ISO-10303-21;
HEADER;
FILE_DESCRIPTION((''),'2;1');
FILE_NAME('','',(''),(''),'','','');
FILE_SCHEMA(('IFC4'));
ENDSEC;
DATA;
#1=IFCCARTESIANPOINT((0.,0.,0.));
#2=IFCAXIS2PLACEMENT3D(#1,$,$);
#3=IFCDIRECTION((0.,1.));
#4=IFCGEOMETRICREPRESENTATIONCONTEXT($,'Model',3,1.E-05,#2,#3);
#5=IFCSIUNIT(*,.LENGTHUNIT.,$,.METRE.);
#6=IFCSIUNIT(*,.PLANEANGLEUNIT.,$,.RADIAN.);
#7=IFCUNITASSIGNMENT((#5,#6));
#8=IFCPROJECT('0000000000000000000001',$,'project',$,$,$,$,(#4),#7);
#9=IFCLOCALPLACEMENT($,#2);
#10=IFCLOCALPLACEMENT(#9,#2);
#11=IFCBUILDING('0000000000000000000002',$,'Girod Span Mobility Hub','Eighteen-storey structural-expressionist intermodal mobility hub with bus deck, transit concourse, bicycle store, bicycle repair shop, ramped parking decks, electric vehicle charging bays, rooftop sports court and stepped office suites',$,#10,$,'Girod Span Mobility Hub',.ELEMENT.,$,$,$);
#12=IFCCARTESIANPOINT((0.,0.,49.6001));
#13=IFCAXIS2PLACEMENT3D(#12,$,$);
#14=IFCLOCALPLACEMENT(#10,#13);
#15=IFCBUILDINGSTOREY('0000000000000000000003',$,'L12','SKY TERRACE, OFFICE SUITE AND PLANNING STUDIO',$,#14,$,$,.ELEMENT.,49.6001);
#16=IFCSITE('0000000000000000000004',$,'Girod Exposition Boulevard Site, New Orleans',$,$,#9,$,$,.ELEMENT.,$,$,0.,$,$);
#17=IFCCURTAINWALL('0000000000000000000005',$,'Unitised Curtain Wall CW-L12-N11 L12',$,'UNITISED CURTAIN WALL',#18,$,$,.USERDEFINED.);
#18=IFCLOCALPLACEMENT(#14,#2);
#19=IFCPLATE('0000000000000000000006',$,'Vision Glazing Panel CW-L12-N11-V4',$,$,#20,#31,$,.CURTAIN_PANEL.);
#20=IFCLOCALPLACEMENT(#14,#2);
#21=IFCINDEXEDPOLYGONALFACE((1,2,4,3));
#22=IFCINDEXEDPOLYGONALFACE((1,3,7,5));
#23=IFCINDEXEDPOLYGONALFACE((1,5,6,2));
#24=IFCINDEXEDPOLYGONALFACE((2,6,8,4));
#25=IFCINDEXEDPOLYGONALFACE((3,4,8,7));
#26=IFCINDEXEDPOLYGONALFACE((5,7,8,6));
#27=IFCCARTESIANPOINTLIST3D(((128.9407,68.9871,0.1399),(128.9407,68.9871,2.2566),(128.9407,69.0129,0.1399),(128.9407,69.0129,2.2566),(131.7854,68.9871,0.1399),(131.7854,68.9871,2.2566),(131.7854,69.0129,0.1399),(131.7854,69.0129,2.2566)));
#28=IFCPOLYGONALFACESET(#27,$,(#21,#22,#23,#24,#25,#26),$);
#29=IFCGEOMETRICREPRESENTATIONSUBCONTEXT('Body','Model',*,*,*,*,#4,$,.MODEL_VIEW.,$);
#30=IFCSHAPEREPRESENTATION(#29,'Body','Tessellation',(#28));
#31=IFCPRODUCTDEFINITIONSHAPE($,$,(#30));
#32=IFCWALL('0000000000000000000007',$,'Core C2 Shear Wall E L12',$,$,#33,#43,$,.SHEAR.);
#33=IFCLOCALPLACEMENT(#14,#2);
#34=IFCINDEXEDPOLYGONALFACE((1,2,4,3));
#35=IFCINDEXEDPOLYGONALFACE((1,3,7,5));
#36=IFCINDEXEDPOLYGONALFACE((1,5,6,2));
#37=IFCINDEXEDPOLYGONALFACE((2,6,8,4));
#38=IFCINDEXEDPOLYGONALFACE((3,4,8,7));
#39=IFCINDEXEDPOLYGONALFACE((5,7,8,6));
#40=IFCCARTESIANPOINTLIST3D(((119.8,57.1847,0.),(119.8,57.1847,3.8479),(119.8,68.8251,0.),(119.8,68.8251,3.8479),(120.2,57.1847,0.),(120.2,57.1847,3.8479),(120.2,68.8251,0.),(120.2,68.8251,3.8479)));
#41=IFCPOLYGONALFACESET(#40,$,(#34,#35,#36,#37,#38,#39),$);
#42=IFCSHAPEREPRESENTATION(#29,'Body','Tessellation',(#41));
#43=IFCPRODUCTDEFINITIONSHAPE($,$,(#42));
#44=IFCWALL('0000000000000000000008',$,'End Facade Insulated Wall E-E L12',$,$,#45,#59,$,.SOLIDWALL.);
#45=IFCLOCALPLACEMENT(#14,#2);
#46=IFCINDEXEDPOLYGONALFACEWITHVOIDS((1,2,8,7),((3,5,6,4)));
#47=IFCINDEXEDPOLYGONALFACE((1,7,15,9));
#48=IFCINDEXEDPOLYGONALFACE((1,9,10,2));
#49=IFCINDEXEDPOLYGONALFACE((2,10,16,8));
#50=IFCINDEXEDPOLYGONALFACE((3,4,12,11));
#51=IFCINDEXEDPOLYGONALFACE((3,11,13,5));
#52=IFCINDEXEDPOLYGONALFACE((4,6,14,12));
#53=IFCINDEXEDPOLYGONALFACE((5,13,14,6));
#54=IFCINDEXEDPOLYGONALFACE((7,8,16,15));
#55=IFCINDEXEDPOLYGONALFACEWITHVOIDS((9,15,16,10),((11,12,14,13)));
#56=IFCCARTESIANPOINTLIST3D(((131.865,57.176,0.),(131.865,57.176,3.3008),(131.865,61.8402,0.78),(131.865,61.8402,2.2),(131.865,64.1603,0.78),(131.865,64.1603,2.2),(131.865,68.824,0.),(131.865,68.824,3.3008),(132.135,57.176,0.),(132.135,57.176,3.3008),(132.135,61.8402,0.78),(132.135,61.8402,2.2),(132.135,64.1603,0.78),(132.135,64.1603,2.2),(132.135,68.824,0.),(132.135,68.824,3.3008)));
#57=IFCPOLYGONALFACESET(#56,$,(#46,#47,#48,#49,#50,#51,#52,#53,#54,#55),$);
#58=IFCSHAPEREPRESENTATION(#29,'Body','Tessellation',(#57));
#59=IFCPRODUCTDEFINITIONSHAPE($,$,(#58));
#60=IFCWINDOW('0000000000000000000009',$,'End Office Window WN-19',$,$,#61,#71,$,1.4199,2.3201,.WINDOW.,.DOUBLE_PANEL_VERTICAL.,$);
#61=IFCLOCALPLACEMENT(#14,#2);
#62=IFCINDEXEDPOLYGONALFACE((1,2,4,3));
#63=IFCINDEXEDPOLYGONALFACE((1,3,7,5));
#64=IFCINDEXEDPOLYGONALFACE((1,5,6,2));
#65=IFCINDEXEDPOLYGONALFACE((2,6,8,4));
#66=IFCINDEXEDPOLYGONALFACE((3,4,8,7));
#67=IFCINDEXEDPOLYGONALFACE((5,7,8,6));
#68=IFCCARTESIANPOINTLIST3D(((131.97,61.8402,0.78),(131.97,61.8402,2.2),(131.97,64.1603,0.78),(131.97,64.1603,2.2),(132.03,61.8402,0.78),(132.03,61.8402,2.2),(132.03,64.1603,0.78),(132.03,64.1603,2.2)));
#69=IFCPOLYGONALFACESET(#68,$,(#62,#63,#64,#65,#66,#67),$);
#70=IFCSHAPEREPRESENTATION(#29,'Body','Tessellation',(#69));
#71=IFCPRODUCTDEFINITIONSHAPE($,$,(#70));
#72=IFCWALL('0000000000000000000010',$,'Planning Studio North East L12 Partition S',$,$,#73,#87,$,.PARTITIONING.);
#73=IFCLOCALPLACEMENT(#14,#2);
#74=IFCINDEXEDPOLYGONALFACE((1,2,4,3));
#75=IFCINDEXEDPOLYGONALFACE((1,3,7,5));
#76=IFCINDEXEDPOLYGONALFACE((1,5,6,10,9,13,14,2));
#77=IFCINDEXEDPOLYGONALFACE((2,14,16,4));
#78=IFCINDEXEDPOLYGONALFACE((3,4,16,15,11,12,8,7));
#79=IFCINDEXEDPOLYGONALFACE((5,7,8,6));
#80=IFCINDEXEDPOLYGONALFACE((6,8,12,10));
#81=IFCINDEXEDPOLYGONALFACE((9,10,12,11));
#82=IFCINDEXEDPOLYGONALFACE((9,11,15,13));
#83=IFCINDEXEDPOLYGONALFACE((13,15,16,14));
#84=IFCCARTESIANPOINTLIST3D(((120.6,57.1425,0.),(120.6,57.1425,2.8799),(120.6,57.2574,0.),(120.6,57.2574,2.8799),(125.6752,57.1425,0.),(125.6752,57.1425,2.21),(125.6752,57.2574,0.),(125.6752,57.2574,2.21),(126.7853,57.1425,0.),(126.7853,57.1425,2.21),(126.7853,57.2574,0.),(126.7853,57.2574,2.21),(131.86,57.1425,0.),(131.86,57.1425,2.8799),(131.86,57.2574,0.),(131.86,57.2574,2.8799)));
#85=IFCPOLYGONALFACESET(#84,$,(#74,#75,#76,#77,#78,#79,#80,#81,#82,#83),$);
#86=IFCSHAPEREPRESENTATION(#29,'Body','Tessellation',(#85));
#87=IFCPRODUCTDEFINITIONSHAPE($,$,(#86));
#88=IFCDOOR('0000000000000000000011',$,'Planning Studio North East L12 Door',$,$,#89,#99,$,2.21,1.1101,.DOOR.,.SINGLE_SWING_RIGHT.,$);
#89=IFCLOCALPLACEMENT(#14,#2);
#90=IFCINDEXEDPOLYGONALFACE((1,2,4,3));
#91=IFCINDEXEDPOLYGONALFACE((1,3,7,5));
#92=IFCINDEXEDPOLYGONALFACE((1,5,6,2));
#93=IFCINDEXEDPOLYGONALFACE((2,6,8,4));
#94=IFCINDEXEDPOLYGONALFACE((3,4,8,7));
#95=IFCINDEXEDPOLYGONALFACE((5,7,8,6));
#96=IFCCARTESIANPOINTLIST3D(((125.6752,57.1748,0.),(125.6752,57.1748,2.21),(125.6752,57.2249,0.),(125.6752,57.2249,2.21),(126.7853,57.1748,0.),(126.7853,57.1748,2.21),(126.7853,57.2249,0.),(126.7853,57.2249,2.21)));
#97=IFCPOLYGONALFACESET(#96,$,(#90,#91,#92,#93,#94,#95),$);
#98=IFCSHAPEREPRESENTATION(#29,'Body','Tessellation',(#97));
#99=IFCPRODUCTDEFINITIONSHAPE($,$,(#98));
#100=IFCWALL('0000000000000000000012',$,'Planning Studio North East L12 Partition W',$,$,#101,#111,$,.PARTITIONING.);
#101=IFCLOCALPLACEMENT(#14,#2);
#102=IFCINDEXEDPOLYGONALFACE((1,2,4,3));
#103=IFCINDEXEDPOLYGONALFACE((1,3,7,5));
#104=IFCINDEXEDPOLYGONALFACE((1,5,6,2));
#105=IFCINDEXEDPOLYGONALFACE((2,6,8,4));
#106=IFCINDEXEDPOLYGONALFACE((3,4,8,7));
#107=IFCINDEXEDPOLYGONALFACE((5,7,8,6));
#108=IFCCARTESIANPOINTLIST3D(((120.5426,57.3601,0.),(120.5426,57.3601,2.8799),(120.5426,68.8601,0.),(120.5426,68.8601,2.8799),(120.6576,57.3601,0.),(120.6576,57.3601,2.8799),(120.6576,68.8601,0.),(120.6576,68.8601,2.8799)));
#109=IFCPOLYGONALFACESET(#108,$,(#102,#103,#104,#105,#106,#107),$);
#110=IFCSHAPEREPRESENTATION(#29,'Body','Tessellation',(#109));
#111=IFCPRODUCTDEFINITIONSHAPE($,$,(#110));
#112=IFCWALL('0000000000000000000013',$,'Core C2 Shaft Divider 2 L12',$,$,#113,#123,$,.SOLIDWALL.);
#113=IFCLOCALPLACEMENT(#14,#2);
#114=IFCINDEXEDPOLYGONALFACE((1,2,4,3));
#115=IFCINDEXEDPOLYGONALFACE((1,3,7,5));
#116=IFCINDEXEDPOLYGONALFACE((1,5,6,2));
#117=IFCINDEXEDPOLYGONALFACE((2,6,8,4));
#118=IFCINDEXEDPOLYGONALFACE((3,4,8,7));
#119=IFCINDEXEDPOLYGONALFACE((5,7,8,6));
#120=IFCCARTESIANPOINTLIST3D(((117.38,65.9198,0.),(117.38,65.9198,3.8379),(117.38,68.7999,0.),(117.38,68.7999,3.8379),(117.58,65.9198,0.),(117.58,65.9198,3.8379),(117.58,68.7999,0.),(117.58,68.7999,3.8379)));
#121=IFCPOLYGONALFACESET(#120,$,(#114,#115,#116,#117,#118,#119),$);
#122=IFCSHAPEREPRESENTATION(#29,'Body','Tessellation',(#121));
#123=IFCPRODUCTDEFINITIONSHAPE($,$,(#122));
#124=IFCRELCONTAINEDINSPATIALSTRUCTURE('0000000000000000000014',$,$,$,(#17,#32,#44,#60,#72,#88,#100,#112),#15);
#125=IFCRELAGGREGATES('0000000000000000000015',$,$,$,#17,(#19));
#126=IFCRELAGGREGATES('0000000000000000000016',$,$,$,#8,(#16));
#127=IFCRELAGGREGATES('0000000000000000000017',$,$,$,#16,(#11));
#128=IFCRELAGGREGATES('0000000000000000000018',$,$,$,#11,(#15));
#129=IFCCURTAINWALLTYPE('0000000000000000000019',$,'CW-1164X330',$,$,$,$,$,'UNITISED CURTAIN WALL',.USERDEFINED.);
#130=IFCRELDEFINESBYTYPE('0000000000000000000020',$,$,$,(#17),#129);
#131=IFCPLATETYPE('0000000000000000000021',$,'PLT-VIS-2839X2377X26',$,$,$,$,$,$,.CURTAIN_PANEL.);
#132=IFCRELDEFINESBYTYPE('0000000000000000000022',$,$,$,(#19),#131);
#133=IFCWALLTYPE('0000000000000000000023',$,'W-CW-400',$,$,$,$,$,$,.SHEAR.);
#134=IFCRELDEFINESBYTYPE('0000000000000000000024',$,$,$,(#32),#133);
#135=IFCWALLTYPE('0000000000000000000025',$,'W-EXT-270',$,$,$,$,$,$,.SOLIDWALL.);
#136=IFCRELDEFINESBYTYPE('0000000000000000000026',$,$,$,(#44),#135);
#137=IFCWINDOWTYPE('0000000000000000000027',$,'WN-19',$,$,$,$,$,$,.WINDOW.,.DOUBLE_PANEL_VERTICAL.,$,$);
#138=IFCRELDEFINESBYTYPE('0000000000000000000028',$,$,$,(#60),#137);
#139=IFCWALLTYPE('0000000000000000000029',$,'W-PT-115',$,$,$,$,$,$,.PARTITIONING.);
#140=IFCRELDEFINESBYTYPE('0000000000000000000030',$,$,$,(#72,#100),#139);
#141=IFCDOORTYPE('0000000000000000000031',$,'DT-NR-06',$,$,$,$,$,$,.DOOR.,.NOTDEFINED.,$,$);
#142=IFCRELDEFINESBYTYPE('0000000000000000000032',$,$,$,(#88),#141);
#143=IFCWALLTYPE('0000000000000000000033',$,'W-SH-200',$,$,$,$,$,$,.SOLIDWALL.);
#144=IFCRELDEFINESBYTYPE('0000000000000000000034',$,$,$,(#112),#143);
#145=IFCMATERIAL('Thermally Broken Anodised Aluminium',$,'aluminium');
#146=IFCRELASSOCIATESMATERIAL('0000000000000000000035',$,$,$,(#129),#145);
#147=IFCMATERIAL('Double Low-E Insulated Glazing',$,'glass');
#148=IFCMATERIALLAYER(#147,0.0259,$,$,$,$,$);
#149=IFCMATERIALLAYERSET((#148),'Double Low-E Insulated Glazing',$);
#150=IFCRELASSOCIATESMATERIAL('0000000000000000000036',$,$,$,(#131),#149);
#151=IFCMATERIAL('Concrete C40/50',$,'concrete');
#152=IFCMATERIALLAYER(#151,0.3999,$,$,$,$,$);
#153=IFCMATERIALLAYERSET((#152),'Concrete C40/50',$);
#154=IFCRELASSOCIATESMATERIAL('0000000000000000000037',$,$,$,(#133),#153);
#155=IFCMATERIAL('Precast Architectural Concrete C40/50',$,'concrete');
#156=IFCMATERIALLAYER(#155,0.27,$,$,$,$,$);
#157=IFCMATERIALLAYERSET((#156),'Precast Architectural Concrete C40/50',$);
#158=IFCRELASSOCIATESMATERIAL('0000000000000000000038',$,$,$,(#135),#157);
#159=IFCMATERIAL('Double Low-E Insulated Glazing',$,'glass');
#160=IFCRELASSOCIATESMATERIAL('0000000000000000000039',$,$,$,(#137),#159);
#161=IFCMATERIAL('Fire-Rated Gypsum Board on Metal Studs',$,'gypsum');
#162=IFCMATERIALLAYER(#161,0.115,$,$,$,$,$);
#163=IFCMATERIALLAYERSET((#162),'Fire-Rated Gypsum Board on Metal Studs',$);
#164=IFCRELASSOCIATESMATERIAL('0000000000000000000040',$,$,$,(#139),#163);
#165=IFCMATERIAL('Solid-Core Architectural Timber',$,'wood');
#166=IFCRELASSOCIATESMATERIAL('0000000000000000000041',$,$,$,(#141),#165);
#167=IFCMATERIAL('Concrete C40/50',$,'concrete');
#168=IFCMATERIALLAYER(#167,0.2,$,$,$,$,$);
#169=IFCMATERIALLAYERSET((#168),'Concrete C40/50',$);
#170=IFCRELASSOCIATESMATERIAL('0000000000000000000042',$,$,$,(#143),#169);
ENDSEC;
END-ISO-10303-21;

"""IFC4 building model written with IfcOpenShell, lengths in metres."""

from ifc_helpers import new_model, si_unit, direction, frame, frame_2d, origin, origin_2d, place, context, subcontext, project, spatial, rectangle, extrude, material, layer, layer_set, type_object, element, fill, aggregate, save


model = new_model("IFC4")

# Units and contexts
model_context = context("Model", 3, precision=1e-05, world=origin(), true_north=direction((0.0, 1.0)))
body_context = subcontext(model_context, "Body", "Model", "MODEL_VIEW")
ifc_project = project(units=[si_unit("LENGTHUNIT", "METRE"), si_unit("PLANEANGLEUNIT", "RADIAN")], contexts=[model_context])

# Site, building, storey
site_placement = place(None, origin())
site = spatial("IfcSite", under=ifc_project, at=site_placement, Name="Girod Exposition Boulevard Site, New Orleans", CompositionType="ELEMENT", RefElevation=0.0)
building_placement = place(site_placement, origin())
building = spatial("IfcBuilding", under=site, at=building_placement, Name="Girod Span Mobility Hub", Description="Eighteen-storey structural-expressionist intermodal mobility hub with bus deck, transit concourse, bicycle store, bicycle repair shop, ramped parking decks, electric vehicle charging bays, rooftop sports court and stepped office suites", LongName="Girod Span Mobility Hub", CompositionType="ELEMENT")
storey_placement = place(building_placement, frame((0.0, 0.0, 49.6001)))
storey = spatial("IfcBuildingStorey", under=building, at=storey_placement, Name="L12", Description="SKY TERRACE, OFFICE SUITE AND PLANNING STUDIO", CompositionType="ELEMENT", Elevation=49.6001)

# Curtain wall, plate
ifc_material_1 = material(Name="Thermally Broken Anodised Aluminium", Category="aluminium")
curtain_wall_type = type_object("IfcCurtainWallType", Name="CW-1164X330", ElementType="UNITISED CURTAIN WALL", PredefinedType="USERDEFINED", material=ifc_material_1)
curtain_wall_placement = place(storey_placement, origin())
curtain_wall = element("IfcCurtainWall", 1, at=curtain_wall_placement, inside=storey, type_object=curtain_wall_type, Name="Unitised Curtain Wall CW-L12-N11 L12", ObjectType="UNITISED CURTAIN WALL", PredefinedType="USERDEFINED")
ifc_material_2 = material(Name="Double Low-E Insulated Glazing", Category="glass")
ifc_layer_1 = layer(ifc_material_2, 0.0259)
ifc_layer_set_1 = layer_set([ifc_layer_1], Name="Double Low-E Insulated Glazing")
plate_type_1 = type_object("IfcPlateType", Name="PLT-VIS-2839X2377X26", PredefinedType="CURTAIN_PANEL", material=ifc_layer_set_1)
plate_1_placement = place(storey_placement, frame((130.363, 69.0, 0.1399), z_axis=(0.0, 0.0, 1.0), x_axis=(1.0, 0.0, 0.0)))
plate_1 = element("IfcPlate", 2, at=plate_1_placement, type_object=plate_type_1, Name="Vision Glazing Panel CW-L12-N11-V4", PredefinedType="CURTAIN_PANEL", context=body_context, shape_type="SweptSolid", body=[
    extrude(rectangle(XDim=2.8447, YDim=0.0259, at=origin_2d()), origin(), (0.0, 0.0, 1.0), 2.1167),
])
aggregate(curtain_wall, [plate_1])

# Wall
ifc_material_3 = material(Name="Concrete C40/50", Category="concrete")
ifc_layer_2 = layer(ifc_material_3, 0.3999)
ifc_layer_set_2 = layer_set([ifc_layer_2], Name="Concrete C40/50")
wall_type_1 = type_object("IfcWallType", Name="W-CW-400", PredefinedType="SHEAR", material=ifc_layer_set_2)
wall_1_placement = place(storey_placement, frame((120.0, 57.1846, 0.0), z_axis=(0.0, 0.0, 1.0), x_axis=(0.0, 1.0, 0.0)))
element("IfcWall", 3, at=wall_1_placement, inside=storey, type_object=wall_type_1, Name="Core C2 Shear Wall E L12", PredefinedType="SHEAR", context=body_context, shape_type="SweptSolid", body=[
    extrude(rectangle(XDim=11.6404, YDim=0.3999, at=frame_2d((5.8203, 0.0))), origin(), (0.0, 0.0, 1.0), 3.8479),
])

# Wall, opening, window
ifc_material_4 = material(Name="Precast Architectural Concrete C40/50", Category="concrete")
ifc_layer_3 = layer(ifc_material_4, 0.27)
ifc_layer_set_3 = layer_set([ifc_layer_3], Name="Precast Architectural Concrete C40/50")
wall_type_2 = type_object("IfcWallType", Name="W-EXT-270", PredefinedType="SOLIDWALL", material=ifc_layer_set_3)
wall_2_placement = place(storey_placement, frame((132.0, 57.176, 0.0), z_axis=(0.0, 0.0, 1.0), x_axis=(0.0, 1.0, 0.0)))
wall_2 = element("IfcWall", 4, at=wall_2_placement, inside=storey, type_object=wall_type_2, Name="End Facade Insulated Wall E-E L12", PredefinedType="SOLIDWALL", context=body_context, shape_type="SweptSolid", body=[
    extrude(rectangle(XDim=11.6479, YDim=0.27, at=frame_2d((5.824, 0.0))), origin(), (0.0, 0.0, 1.0), 3.3008),
])
opening_1_placement = place(wall_2_placement, frame((4.6641, 0.0, 0.78)))
opening_1 = element("IfcOpeningElement", 5, at=opening_1_placement, cuts=wall_2, PredefinedType="OPENING", context=body_context, shape_type="SweptSolid", body=[
    extrude(rectangle(XDim=2.3201, YDim=1.4199, at=frame_2d((1.1602, 0.71))), frame((0.0, 0.1499, 0.0), z_axis=(0.0, -1.0, 0.0), x_axis=(1.0, 0.0, 0.0)), (0.0, 0.0, 1.0), 0.3),
])
ifc_material_5 = material(Name="Double Low-E Insulated Glazing", Category="glass")
window_type = type_object("IfcWindowType", Name="WN-19", PartitioningType="DOUBLE_PANEL_VERTICAL", PredefinedType="WINDOW", material=ifc_material_5)
window_placement = place(opening_1_placement, origin())
window = element("IfcWindow", 6, at=window_placement, inside=storey, type_object=window_type, Name="End Office Window WN-19", OverallHeight=1.4199, OverallWidth=2.3201, PartitioningType="DOUBLE_PANEL_VERTICAL", PredefinedType="WINDOW", context=body_context, shape_type="SweptSolid", body=[
    extrude(rectangle(XDim=2.3201, YDim=1.4199, at=frame_2d((1.1602, 0.71))), frame((0.0, 0.03, 0.0), z_axis=(0.0, -1.0, 0.0), x_axis=(1.0, 0.0, 0.0)), (0.0, 0.0, 1.0), 0.0601),
])
fill(opening_1, window)

# Wall, opening, door
ifc_material_6 = material(Name="Fire-Rated Gypsum Board on Metal Studs", Category="gypsum")
ifc_layer_4 = layer(ifc_material_6, 0.115)
ifc_layer_set_4 = layer_set([ifc_layer_4], Name="Fire-Rated Gypsum Board on Metal Studs")
wall_type_3 = type_object("IfcWallType", Name="W-PT-115", PredefinedType="PARTITIONING", material=ifc_layer_set_4)
wall_3_placement = place(storey_placement, frame((120.6001, 57.2, 0.0), z_axis=(0.0, 0.0, 1.0), x_axis=(1.0, 0.0, 0.0)))
wall_3 = element("IfcWall", 7, at=wall_3_placement, inside=storey, type_object=wall_type_3, Name="Planning Studio North East L12 Partition S", PredefinedType="PARTITIONING", context=body_context, shape_type="SweptSolid", body=[
    extrude(rectangle(XDim=11.26, YDim=0.115, at=frame_2d((5.6299, 0.0))), origin(), (0.0, 0.0, 1.0), 2.8799),
])
opening_2_placement = place(wall_3_placement, frame((5.075, 0.0, 0.0)))
opening_2 = element("IfcOpeningElement", 8, at=opening_2_placement, cuts=wall_3, PredefinedType="OPENING", context=body_context, shape_type="SweptSolid", body=[
    extrude(rectangle(XDim=1.1101, YDim=2.21, at=frame_2d((0.5552, 1.105))), frame((0.0, 0.0725, 0.0), z_axis=(0.0, -1.0, 0.0), x_axis=(1.0, 0.0, 0.0)), (0.0, 0.0, 1.0), 0.145),
])
ifc_material_7 = material(Name="Solid-Core Architectural Timber", Category="wood")
door_type = type_object("IfcDoorType", Name="DT-NR-06", OperationType="NOTDEFINED", PredefinedType="DOOR", material=ifc_material_7)
door_placement = place(opening_2_placement, origin())
door = element("IfcDoor", 9, at=door_placement, inside=storey, type_object=door_type, Name="Planning Studio North East L12 Door", OperationType="SINGLE_SWING_RIGHT", OverallHeight=2.21, OverallWidth=1.1101, PredefinedType="DOOR", context=body_context, shape_type="SweptSolid", body=[
    extrude(rectangle(XDim=1.1101, YDim=2.21, at=frame_2d((0.5552, 1.105))), frame((0.0, 0.0249, 0.0), z_axis=(0.0, -1.0, 0.0), x_axis=(1.0, 0.0, 0.0)), (0.0, 0.0, 1.0), 0.05),
])
fill(opening_2, door)

# Walls
wall_4_placement = place(storey_placement, frame((120.6001, 57.3601, 0.0), z_axis=(0.0, 0.0, 1.0), x_axis=(0.0, 1.0, 0.0)))
element("IfcWall", 10, at=wall_4_placement, inside=storey, type_object=wall_type_3, Name="Planning Studio North East L12 Partition W", PredefinedType="PARTITIONING", context=body_context, shape_type="SweptSolid", body=[
    extrude(rectangle(XDim=11.5, YDim=0.115, at=frame_2d((5.75, 0.0))), origin(), (0.0, 0.0, 1.0), 2.8799),
])
ifc_material_8 = material(Name="Concrete C40/50", Category="concrete")
ifc_layer_5 = layer(ifc_material_8, 0.2)
ifc_layer_set_5 = layer_set([ifc_layer_5], Name="Concrete C40/50")
wall_type_4 = type_object("IfcWallType", Name="W-SH-200", PredefinedType="SOLIDWALL", material=ifc_layer_set_5)
wall_5_placement = place(storey_placement, frame((117.48, 65.9199, 0.0), z_axis=(0.0, 0.0, 1.0), x_axis=(0.0, 1.0, 0.0)))
element("IfcWall", 11, at=wall_5_placement, inside=storey, type_object=wall_type_4, Name="Core C2 Shaft Divider 2 L12", PredefinedType="SOLIDWALL", context=body_context, shape_type="SweptSolid", body=[
    extrude(rectangle(XDim=2.8801, YDim=0.2, at=frame_2d((1.4399, 0.0))), origin(), (0.0, 0.0, 1.0), 3.8379),
])

save(model, "model.ifc")
